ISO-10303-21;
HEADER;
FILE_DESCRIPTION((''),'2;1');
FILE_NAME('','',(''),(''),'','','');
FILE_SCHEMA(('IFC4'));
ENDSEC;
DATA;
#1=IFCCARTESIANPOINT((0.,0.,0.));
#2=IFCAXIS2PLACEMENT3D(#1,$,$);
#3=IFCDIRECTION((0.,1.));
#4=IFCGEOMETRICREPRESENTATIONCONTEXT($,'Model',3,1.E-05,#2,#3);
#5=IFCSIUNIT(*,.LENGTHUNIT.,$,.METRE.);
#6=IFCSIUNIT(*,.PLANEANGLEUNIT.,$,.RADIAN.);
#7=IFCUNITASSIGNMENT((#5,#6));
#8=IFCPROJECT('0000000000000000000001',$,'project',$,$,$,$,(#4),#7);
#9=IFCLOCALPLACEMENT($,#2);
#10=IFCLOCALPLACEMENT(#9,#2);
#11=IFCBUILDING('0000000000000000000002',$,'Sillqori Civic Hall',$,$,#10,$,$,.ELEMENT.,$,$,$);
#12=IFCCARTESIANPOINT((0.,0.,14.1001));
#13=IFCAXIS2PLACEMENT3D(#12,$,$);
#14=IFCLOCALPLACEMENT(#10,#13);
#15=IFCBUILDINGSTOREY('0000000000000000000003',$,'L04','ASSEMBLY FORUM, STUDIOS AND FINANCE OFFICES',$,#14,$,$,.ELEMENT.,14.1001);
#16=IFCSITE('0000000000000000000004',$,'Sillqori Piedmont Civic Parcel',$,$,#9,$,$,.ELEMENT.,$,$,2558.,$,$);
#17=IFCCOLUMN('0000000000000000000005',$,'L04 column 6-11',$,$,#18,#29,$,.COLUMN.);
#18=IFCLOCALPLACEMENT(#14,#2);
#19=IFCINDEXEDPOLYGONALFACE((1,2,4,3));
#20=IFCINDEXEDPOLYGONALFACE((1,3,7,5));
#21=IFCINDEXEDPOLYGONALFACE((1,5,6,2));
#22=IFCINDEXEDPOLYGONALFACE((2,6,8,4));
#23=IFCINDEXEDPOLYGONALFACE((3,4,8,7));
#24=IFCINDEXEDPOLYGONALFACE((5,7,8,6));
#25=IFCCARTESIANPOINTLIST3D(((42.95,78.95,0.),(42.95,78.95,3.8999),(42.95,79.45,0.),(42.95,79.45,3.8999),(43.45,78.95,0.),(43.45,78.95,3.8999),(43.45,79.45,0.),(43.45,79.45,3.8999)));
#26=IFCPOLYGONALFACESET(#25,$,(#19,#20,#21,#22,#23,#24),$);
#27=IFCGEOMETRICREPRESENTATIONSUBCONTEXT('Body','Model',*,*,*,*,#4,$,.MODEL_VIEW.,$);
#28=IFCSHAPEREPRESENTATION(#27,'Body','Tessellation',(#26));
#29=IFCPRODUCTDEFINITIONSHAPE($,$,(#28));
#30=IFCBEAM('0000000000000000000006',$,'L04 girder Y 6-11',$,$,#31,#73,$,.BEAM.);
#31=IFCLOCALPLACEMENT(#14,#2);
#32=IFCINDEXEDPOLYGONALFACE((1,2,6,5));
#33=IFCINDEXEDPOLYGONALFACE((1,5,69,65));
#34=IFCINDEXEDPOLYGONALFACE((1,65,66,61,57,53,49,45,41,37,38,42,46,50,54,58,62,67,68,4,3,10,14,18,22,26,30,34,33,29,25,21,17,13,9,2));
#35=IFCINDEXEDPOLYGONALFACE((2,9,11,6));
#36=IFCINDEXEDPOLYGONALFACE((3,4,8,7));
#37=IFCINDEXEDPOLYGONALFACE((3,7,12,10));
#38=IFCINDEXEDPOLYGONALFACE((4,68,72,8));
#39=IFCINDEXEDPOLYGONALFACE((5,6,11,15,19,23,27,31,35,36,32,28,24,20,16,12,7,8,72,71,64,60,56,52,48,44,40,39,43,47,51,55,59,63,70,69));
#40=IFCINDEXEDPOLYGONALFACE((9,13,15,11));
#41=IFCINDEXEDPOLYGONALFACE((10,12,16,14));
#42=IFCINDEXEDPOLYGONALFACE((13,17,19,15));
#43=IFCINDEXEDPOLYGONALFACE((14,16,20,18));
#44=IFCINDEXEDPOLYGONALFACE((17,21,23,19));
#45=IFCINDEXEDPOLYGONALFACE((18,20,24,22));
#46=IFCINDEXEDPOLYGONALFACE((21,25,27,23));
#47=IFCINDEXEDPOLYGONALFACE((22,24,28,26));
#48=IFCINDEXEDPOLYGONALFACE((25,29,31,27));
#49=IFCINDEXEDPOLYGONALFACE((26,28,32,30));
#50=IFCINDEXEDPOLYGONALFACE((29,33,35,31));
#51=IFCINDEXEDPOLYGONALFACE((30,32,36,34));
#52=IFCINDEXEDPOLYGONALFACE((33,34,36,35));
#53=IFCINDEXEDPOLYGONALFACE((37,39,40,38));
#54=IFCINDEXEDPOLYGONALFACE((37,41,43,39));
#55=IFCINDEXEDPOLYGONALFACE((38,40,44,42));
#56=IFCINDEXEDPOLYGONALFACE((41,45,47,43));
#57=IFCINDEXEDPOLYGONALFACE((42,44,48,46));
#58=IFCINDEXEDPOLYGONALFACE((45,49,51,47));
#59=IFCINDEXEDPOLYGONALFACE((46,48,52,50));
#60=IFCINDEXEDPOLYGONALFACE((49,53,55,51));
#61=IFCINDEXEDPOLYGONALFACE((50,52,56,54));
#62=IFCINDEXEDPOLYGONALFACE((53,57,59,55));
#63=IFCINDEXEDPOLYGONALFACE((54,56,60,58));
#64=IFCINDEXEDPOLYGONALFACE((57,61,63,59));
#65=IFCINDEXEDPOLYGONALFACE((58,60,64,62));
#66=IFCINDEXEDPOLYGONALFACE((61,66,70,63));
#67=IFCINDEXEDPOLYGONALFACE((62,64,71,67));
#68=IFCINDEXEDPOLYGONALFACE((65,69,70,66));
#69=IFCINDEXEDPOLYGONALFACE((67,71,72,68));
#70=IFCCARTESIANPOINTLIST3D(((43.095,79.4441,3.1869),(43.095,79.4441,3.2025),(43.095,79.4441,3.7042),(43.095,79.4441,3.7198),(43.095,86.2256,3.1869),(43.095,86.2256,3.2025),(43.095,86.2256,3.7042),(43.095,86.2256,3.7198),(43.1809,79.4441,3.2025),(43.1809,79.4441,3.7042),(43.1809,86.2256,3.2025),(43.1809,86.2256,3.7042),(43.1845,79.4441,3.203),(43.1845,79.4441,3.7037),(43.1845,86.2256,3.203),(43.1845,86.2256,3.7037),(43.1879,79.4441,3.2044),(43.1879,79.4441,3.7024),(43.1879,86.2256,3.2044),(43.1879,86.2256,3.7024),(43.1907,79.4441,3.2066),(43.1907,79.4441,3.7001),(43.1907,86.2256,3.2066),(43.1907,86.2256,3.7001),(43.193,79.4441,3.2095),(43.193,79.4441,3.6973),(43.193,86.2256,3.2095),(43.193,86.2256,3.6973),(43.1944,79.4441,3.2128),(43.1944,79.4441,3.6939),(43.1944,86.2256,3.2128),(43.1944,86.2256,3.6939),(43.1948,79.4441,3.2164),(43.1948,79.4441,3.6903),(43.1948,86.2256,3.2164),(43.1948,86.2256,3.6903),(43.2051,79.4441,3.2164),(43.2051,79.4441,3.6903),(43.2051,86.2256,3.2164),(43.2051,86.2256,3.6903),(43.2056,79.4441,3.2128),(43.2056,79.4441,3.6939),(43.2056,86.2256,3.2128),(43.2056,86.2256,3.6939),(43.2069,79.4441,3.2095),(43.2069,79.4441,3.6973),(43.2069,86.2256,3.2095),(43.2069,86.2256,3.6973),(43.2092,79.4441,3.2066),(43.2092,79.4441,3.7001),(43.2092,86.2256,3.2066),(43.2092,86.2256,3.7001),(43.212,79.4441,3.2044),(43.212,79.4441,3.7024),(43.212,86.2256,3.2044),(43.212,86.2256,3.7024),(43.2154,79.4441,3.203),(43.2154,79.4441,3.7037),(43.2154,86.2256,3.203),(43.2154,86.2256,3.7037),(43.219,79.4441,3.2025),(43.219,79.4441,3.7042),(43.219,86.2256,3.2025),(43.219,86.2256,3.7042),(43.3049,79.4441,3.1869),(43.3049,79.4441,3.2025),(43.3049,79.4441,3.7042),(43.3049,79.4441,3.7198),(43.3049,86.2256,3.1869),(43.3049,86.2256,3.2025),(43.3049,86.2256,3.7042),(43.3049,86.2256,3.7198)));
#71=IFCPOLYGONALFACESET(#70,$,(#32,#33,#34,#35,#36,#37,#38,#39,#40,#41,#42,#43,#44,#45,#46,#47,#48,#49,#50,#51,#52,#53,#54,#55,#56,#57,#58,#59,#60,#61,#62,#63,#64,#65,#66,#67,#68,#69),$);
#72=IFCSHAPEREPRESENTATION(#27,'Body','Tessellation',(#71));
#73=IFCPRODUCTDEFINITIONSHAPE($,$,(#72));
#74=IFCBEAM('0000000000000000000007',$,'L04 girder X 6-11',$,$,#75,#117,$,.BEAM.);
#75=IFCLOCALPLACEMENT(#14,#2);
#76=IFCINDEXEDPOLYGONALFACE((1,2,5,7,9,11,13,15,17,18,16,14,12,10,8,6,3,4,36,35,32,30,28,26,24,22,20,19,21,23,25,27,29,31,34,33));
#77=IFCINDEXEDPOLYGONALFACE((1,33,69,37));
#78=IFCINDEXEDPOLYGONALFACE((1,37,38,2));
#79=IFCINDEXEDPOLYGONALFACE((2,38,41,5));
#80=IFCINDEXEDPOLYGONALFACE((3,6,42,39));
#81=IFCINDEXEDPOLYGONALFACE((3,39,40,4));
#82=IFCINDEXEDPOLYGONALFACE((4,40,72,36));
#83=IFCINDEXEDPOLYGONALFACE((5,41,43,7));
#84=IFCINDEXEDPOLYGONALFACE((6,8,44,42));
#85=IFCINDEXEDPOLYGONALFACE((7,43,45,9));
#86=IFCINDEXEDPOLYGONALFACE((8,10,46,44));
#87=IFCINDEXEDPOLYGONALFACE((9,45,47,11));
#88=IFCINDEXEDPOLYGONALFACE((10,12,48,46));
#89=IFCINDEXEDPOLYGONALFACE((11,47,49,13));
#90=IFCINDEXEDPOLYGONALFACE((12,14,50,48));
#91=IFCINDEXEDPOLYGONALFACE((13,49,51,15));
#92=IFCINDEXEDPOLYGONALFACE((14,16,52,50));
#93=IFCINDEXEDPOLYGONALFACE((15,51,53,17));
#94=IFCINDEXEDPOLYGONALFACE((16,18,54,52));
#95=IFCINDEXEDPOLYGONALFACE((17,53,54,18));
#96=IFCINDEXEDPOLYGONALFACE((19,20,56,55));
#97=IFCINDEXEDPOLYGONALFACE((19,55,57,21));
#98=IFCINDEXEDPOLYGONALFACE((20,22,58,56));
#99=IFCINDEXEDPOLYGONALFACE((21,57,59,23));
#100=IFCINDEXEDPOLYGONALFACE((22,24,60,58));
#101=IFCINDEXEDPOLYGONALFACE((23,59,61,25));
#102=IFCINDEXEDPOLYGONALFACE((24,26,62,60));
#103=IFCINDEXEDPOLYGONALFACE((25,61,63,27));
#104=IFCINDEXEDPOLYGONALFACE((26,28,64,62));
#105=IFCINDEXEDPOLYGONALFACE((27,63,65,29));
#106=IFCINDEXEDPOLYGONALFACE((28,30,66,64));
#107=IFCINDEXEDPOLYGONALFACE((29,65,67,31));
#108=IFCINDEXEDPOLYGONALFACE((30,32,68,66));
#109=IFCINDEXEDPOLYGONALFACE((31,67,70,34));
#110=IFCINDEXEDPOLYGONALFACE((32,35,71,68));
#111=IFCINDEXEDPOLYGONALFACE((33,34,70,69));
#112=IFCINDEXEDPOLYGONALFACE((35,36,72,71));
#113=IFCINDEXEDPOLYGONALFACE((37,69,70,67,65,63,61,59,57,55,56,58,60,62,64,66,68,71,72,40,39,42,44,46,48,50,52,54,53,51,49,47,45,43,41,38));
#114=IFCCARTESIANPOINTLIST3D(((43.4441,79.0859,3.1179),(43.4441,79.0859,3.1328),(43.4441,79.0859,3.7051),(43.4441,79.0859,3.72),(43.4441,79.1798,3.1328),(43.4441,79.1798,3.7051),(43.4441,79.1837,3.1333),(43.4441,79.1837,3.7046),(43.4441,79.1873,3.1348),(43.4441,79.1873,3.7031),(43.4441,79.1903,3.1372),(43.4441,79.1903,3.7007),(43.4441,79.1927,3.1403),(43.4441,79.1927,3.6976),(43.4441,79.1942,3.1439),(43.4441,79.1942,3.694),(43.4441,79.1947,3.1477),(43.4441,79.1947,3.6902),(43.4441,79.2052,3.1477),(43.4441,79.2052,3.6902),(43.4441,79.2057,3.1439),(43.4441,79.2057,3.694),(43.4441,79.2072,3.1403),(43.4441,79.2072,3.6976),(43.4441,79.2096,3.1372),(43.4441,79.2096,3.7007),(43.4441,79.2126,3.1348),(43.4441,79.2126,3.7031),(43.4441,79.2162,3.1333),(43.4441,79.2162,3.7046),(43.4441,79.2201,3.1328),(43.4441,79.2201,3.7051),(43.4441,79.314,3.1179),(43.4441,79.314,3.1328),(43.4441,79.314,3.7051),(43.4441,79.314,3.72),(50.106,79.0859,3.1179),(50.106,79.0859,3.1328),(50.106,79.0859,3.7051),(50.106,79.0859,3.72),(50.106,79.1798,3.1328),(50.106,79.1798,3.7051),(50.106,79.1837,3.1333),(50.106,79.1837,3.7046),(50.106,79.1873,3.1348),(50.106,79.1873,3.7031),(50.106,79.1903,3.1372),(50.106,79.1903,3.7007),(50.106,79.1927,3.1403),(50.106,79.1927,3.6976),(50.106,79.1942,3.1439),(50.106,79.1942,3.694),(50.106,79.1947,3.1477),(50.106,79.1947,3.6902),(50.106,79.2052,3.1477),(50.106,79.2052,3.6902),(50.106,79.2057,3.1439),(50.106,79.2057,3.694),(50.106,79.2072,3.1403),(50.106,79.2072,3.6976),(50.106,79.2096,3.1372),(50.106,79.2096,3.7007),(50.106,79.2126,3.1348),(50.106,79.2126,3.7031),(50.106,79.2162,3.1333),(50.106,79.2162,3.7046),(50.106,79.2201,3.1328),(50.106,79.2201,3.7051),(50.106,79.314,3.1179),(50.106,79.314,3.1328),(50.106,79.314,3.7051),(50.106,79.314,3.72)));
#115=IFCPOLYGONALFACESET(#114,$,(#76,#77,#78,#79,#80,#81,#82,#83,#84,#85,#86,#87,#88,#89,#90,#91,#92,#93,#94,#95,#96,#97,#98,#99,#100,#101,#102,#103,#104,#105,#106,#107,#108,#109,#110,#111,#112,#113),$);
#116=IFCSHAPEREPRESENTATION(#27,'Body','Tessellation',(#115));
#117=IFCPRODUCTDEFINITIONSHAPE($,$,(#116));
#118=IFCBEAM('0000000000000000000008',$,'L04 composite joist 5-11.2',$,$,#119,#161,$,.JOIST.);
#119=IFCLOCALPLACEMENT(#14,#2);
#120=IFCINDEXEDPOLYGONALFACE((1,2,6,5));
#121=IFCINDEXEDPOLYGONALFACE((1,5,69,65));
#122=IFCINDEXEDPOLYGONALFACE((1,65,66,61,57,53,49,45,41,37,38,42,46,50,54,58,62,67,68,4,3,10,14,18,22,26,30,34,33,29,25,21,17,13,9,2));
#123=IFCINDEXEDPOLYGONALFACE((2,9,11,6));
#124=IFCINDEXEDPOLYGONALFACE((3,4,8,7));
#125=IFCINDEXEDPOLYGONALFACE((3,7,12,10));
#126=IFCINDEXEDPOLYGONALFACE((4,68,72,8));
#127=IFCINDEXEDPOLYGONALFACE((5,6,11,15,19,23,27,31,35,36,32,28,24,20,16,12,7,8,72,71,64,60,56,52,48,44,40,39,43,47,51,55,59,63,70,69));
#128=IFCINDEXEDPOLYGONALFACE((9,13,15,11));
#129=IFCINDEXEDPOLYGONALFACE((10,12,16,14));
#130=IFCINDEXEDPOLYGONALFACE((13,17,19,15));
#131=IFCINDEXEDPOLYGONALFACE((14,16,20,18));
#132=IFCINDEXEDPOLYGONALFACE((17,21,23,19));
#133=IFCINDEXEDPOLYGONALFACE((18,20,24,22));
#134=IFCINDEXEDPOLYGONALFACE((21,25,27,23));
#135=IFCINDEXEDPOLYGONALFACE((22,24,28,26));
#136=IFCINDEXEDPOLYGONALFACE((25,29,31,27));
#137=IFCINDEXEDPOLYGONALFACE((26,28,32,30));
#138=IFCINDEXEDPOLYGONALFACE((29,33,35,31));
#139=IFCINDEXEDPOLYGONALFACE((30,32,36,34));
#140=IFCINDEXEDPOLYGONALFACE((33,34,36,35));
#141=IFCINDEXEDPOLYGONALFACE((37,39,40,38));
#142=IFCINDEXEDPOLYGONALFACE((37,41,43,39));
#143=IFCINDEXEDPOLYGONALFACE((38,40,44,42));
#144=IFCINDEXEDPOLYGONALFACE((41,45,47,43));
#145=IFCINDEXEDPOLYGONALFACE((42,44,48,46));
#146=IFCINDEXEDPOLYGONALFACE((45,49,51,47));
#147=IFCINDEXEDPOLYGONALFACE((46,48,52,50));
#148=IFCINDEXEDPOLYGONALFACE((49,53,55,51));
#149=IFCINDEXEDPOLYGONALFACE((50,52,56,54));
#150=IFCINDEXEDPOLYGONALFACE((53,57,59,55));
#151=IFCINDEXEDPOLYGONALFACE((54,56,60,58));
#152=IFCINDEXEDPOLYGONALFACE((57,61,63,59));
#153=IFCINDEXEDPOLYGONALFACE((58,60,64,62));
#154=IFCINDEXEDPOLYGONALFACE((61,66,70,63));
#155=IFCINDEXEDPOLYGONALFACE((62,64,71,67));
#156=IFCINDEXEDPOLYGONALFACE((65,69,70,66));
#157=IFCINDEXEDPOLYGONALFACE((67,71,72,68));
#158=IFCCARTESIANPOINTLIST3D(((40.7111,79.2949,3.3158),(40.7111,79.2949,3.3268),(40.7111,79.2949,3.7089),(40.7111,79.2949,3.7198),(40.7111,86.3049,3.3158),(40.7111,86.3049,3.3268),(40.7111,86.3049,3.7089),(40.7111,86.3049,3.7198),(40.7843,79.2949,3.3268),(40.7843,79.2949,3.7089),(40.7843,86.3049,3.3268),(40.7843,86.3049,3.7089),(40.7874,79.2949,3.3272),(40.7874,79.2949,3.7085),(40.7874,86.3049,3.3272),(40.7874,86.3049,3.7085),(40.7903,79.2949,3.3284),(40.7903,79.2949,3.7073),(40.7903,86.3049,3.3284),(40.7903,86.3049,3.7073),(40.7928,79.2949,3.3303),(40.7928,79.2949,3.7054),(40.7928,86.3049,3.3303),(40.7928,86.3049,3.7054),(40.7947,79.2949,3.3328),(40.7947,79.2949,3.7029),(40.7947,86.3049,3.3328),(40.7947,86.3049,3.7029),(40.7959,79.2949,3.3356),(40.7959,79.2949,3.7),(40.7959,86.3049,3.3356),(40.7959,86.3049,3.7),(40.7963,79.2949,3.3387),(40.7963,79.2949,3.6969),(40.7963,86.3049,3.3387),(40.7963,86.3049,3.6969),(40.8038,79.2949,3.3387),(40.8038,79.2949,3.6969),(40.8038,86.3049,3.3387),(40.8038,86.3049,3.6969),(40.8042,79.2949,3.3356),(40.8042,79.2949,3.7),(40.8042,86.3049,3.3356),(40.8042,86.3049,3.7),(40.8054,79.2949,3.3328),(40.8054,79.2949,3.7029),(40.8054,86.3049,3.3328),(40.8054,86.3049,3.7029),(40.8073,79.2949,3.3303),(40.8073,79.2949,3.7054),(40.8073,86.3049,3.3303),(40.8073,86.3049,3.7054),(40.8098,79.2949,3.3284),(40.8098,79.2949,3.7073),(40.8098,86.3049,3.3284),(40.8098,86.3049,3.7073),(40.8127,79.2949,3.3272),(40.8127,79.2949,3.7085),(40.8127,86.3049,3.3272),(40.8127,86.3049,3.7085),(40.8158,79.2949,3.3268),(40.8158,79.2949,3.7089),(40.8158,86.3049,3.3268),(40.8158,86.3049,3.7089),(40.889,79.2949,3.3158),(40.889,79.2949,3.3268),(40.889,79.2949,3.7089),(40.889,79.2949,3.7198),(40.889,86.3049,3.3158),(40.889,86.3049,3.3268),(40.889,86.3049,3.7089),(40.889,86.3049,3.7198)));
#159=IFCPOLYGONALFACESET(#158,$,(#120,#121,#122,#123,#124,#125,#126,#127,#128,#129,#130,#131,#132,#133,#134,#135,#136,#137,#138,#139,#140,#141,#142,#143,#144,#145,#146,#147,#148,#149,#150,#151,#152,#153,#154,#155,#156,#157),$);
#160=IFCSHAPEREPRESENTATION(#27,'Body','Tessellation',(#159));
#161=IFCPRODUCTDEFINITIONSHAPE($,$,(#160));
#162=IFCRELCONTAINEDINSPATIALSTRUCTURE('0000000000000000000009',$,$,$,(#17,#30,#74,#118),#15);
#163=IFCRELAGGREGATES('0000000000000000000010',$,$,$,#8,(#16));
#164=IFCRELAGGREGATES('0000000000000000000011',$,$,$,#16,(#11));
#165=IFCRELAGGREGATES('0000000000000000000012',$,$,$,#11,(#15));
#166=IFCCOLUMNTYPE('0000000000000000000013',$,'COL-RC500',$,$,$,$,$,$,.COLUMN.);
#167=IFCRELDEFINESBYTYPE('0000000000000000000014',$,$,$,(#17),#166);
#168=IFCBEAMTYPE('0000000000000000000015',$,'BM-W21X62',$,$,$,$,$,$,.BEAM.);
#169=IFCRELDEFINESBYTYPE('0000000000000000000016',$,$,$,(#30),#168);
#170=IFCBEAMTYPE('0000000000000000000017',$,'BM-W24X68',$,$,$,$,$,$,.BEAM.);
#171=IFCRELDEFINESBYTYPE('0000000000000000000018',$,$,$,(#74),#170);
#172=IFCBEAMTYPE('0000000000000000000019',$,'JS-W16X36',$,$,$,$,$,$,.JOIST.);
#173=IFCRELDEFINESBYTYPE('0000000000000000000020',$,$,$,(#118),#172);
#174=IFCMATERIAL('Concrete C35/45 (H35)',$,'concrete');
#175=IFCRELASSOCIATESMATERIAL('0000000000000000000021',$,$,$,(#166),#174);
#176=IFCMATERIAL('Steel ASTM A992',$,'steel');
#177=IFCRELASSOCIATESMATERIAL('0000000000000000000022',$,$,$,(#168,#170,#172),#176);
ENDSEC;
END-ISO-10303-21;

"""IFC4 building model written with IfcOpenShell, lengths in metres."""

from ifc_helpers import new_model, si_unit, direction, frame, origin, origin_2d, place, context, subcontext, project, spatial, rectangle, i_section, extrude, material, material_profile, profile_set, type_object, element, save


model = new_model("IFC4")

# Units and contexts
model_context = context("Model", 3, precision=1e-05, world=origin(), true_north=direction((0.0, 1.0)))
body_context = subcontext(model_context, "Body", "Model", "MODEL_VIEW")
ifc_project = project(units=[si_unit("LENGTHUNIT", "METRE"), si_unit("PLANEANGLEUNIT", "RADIAN")], contexts=[model_context])

# Site, building, storey
site_placement = place(None, origin())
site = spatial("IfcSite", under=ifc_project, at=site_placement, Name="Sillqori Piedmont Civic Parcel", CompositionType="ELEMENT", RefElevation=2558.0)
building_placement = place(site_placement, origin())
building = spatial("IfcBuilding", under=site, at=building_placement, Name="Sillqori Civic Hall", CompositionType="ELEMENT")
storey_placement = place(building_placement, frame((0.0, 0.0, 14.1001)))
storey = spatial("IfcBuildingStorey", under=building, at=storey_placement, Name="L04", Description="ASSEMBLY FORUM, STUDIOS AND FINANCE OFFICES", CompositionType="ELEMENT", Elevation=14.1001)

# Column
ifc_material_1 = material(Name="Concrete C35/45 (H35)", Category="concrete")
ifc_material_profile_1 = material_profile(ifc_material_1, rectangle(XDim=0.5, YDim=0.5, at=origin_2d()), Name="RC 500x500")
ifc_profile_set_1 = profile_set([ifc_material_profile_1], Name="Concrete C35/45 (H35)")
column_type = type_object("IfcColumnType", Name="COL-RC500", PredefinedType="COLUMN", material=ifc_profile_set_1)
column_placement = place(storey_placement, frame((43.2, 79.2, 0.0), z_axis=(0.0, 0.0, 1.0), x_axis=(1.0, 0.0, 0.0)))
element("IfcColumn", 1, at=column_placement, inside=storey, type_object=column_type, Name="L04 column 6-11", PredefinedType="COLUMN", context=body_context, shape_type="SweptSolid", body=[
    extrude(rectangle(XDim=0.5, YDim=0.5, at=origin_2d()), origin(), (0.0, 0.0, 1.0), 3.8999),
])

# Beams
ifc_material_2 = material(Name="Steel ASTM A992", Category="steel")
ifc_material_profile_2 = material_profile(ifc_material_2, i_section(OverallWidth=0.21, OverallDepth=0.533, WebThickness=0.0103, FlangeThickness=0.0156, FilletRadius=0.0139, at=origin_2d()), Name="W21X62")
ifc_profile_set_2 = profile_set([ifc_material_profile_2], Name="Steel ASTM A992")
beam_type_1 = type_object("IfcBeamType", Name="BM-W21X62", PredefinedType="BEAM", material=ifc_profile_set_2)
beam_1_placement = place(storey_placement, frame((43.2, 79.4441, 3.4534), z_axis=(0.0, 1.0, 0.0), x_axis=(-1.0, 0.0, 0.0)))
element("IfcBeam", 2, at=beam_1_placement, inside=storey, type_object=beam_type_1, Name="L04 girder Y 6-11", PredefinedType="BEAM", context=body_context, shape_type="SweptSolid", body=[
    extrude(i_section(OverallWidth=0.21, OverallDepth=0.533, WebThickness=0.0103, FlangeThickness=0.0156, FilletRadius=0.0139, at=origin_2d()), origin(), (0.0, 0.0, 1.0), 6.7815),
])
ifc_material_profile_3 = material_profile(ifc_material_2, i_section(OverallWidth=0.228, OverallDepth=0.6021, WebThickness=0.0105, FlangeThickness=0.0149, FilletRadius=0.0149, at=origin_2d()), Name="W24X68")
ifc_profile_set_3 = profile_set([ifc_material_profile_3], Name="Steel ASTM A992")
beam_type_2 = type_object("IfcBeamType", Name="BM-W24X68", PredefinedType="BEAM", material=ifc_profile_set_3)
beam_2_placement = place(storey_placement, frame((43.4441, 79.2, 3.4189), z_axis=(1.0, 0.0, 0.0), x_axis=(0.0, 1.0, 0.0)))
element("IfcBeam", 3, at=beam_2_placement, inside=storey, type_object=beam_type_2, Name="L04 girder X 6-11", PredefinedType="BEAM", context=body_context, shape_type="SweptSolid", body=[
    extrude(i_section(OverallWidth=0.228, OverallDepth=0.6021, WebThickness=0.0105, FlangeThickness=0.0149, FilletRadius=0.0149, at=origin_2d()), origin(), (0.0, 0.0, 1.0), 6.6619),
])

# Beam
ifc_material_profile_4 = material_profile(ifc_material_2, i_section(OverallWidth=0.178, OverallDepth=0.4041, WebThickness=0.0076, FlangeThickness=0.011, FilletRadius=0.012, at=origin_2d()), Name="W16X36")
ifc_profile_set_4 = profile_set([ifc_material_profile_4], Name="Steel ASTM A992")
beam_type_3 = type_object("IfcBeamType", Name="JS-W16X36", PredefinedType="JOIST", material=ifc_profile_set_4)
for number, where, z_axis, x_axis, name in (
    (4, (40.8, 79.2949, 3.5178), (0.0, 1.0, 0.0), (-1.0, 0.0, 0.0), "L04 composite joist 5-11.2"),
):
    element("IfcBeam", number, at=place(storey_placement, frame(where, z_axis=z_axis, x_axis=x_axis)), inside=storey, type_object=beam_type_3, Name=name, PredefinedType="JOIST", context=body_context, shape_type="SweptSolid", body=[
        extrude(i_section(OverallWidth=0.178, OverallDepth=0.4041, WebThickness=0.0076, FlangeThickness=0.011, FilletRadius=0.012, at=origin_2d()), origin(), (0.0, 0.0, 1.0), 7.01),
    ])

save(model, "model.ifc")
